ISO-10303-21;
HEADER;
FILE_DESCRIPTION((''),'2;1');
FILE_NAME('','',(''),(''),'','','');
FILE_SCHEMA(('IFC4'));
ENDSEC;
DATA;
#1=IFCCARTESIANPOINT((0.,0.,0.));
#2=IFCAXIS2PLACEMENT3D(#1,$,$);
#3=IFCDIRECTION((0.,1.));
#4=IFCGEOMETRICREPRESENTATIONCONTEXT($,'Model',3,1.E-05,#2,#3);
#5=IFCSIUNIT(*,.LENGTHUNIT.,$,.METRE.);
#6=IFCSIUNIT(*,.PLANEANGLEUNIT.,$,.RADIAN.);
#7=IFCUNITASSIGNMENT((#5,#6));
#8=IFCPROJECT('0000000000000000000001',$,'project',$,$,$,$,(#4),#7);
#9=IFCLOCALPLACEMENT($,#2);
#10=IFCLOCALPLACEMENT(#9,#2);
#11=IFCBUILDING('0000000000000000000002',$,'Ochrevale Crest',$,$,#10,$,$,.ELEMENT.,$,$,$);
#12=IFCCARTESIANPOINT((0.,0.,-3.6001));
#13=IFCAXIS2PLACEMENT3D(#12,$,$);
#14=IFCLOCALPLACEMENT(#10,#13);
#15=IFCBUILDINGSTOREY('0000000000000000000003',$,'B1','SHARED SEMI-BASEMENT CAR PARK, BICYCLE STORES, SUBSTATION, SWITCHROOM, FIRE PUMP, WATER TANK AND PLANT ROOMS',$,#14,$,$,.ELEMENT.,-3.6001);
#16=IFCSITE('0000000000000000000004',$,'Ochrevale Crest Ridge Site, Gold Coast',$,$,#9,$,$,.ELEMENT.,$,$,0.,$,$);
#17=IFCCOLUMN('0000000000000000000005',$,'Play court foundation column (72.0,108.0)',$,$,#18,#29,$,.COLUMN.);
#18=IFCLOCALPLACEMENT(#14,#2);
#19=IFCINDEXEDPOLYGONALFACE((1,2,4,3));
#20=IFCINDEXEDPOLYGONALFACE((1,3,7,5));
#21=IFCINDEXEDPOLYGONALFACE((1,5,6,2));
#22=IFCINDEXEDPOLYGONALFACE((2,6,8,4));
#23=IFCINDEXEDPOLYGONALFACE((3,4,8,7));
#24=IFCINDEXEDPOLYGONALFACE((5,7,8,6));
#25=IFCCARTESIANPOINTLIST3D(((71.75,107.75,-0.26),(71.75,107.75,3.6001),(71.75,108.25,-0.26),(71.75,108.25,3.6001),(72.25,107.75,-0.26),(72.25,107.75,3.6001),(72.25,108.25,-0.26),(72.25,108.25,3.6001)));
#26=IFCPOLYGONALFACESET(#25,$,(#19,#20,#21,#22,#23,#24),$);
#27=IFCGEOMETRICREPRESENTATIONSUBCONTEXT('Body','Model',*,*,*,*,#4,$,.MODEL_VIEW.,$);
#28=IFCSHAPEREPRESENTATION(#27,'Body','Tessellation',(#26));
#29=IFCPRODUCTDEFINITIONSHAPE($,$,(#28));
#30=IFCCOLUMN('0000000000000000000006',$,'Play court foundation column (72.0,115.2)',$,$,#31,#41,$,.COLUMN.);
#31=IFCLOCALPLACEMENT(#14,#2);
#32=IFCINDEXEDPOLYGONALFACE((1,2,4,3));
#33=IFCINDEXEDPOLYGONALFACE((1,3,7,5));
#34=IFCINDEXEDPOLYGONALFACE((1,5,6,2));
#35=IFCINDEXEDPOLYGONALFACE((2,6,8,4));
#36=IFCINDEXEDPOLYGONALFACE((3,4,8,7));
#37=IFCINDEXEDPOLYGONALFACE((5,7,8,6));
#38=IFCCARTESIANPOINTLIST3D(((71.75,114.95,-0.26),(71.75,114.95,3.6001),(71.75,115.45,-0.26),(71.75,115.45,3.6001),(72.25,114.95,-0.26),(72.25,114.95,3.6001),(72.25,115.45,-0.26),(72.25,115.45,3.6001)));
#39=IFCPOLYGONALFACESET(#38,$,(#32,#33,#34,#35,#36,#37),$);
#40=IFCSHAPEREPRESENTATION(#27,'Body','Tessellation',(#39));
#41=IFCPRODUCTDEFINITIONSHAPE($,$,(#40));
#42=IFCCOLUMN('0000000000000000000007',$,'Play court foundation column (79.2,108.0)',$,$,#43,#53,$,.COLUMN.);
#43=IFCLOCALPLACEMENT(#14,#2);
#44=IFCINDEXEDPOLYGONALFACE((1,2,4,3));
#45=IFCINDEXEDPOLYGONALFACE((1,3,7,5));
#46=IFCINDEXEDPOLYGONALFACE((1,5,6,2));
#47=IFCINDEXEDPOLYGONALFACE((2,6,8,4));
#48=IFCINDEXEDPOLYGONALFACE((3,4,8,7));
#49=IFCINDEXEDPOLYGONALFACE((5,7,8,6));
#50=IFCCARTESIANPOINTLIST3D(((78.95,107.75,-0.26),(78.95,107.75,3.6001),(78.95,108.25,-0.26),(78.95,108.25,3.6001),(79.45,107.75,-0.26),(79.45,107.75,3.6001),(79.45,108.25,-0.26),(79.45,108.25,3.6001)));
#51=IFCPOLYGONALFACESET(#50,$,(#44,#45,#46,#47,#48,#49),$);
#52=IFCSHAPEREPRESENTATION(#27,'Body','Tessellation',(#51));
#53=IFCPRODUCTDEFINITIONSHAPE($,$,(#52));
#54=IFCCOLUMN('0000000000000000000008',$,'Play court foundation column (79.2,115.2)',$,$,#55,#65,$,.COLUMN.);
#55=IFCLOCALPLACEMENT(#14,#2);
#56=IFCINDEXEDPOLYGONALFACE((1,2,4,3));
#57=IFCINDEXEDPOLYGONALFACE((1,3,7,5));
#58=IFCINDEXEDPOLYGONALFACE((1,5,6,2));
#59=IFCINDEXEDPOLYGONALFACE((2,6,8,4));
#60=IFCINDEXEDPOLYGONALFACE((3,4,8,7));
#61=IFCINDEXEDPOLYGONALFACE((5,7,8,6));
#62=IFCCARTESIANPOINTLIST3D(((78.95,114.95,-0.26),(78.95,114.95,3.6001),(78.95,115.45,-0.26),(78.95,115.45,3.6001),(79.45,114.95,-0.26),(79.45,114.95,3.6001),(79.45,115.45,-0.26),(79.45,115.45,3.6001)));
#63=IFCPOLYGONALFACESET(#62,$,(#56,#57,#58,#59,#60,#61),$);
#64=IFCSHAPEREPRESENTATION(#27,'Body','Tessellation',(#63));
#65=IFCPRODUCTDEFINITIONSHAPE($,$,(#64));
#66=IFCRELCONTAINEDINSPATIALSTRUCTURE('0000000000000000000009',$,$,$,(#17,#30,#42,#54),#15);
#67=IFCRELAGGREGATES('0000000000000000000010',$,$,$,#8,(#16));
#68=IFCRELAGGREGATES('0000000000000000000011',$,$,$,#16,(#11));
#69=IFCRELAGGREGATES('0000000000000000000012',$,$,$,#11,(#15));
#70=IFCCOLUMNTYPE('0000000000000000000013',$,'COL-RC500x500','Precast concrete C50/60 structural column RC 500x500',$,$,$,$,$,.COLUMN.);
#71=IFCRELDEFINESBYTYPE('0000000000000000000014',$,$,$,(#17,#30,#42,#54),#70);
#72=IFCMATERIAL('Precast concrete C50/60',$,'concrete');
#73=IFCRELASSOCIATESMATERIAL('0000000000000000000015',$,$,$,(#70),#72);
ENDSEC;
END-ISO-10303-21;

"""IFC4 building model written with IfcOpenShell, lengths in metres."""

from ifc_helpers import new_model, si_unit, direction, frame, origin, origin_2d, place, context, subcontext, project, spatial, rectangle, extrude, material, material_profile, profile_set, type_object, element, save


model = new_model("IFC4")

# Units and contexts
model_context = context("Model", 3, precision=1e-05, world=origin(), true_north=direction((0.0, 1.0)))
body_context = subcontext(model_context, "Body", "Model", "MODEL_VIEW")
ifc_project = project(units=[si_unit("LENGTHUNIT", "METRE"), si_unit("PLANEANGLEUNIT", "RADIAN")], contexts=[model_context])

# Site, building, storey
site_placement = place(None, origin())
site = spatial("IfcSite", under=ifc_project, at=site_placement, Name="Ochrevale Crest Ridge Site, Gold Coast", CompositionType="ELEMENT", RefElevation=0.0)
building_placement = place(site_placement, origin())
building = spatial("IfcBuilding", under=site, at=building_placement, Name="Ochrevale Crest", CompositionType="ELEMENT")
storey_placement = place(building_placement, frame((0.0, 0.0, -3.6001)))
storey = spatial("IfcBuildingStorey", under=building, at=storey_placement, Name="B1", Description="SHARED SEMI-BASEMENT CAR PARK, BICYCLE STORES, SUBSTATION, SWITCHROOM, FIRE PUMP, WATER TANK AND PLANT ROOMS", CompositionType="ELEMENT", Elevation=-3.6001)

# Columns
ifc_material_1 = material(Name="Precast concrete C50/60", Category="concrete")
ifc_material_profile_1 = material_profile(ifc_material_1, rectangle(XDim=0.5, YDim=0.5, at=origin_2d()), Name="RC 500x500")
ifc_profile_set_1 = profile_set([ifc_material_profile_1], Name="Precast concrete C50/60")
column_type = type_object("IfcColumnType", Name="COL-RC500x500", Description="Precast concrete C50/60 structural column RC 500x500", PredefinedType="COLUMN", material=ifc_profile_set_1)
for number, where, z_axis, x_axis, name in (
    (1, (72.0, 108.0, -0.26), (0.0, 0.0, 1.0), (1.0, 0.0, 0.0), "Play court foundation column (72.0,108.0)"),
    (2, (72.0, 115.2, -0.26), (0.0, 0.0, 1.0), (1.0, 0.0, 0.0), "Play court foundation column (72.0,115.2)"),
    (3, (79.2, 108.0, -0.26), (0.0, 0.0, 1.0), (1.0, 0.0, 0.0), "Play court foundation column (79.2,108.0)"),
    (4, (79.2, 115.2, -0.26), (0.0, 0.0, 1.0), (1.0, 0.0, 0.0), "Play court foundation column (79.2,115.2)"),
):
    element("IfcColumn", number, at=place(storey_placement, frame(where, z_axis=z_axis, x_axis=x_axis)), inside=storey, type_object=column_type, Name=name, PredefinedType="COLUMN", context=body_context, shape_type="SweptSolid", body=[
        extrude(rectangle(XDim=0.5, YDim=0.5, at=origin_2d()), origin(), (0.0, 0.0, 1.0), 3.8601),
    ])

save(model, "model.ifc")
